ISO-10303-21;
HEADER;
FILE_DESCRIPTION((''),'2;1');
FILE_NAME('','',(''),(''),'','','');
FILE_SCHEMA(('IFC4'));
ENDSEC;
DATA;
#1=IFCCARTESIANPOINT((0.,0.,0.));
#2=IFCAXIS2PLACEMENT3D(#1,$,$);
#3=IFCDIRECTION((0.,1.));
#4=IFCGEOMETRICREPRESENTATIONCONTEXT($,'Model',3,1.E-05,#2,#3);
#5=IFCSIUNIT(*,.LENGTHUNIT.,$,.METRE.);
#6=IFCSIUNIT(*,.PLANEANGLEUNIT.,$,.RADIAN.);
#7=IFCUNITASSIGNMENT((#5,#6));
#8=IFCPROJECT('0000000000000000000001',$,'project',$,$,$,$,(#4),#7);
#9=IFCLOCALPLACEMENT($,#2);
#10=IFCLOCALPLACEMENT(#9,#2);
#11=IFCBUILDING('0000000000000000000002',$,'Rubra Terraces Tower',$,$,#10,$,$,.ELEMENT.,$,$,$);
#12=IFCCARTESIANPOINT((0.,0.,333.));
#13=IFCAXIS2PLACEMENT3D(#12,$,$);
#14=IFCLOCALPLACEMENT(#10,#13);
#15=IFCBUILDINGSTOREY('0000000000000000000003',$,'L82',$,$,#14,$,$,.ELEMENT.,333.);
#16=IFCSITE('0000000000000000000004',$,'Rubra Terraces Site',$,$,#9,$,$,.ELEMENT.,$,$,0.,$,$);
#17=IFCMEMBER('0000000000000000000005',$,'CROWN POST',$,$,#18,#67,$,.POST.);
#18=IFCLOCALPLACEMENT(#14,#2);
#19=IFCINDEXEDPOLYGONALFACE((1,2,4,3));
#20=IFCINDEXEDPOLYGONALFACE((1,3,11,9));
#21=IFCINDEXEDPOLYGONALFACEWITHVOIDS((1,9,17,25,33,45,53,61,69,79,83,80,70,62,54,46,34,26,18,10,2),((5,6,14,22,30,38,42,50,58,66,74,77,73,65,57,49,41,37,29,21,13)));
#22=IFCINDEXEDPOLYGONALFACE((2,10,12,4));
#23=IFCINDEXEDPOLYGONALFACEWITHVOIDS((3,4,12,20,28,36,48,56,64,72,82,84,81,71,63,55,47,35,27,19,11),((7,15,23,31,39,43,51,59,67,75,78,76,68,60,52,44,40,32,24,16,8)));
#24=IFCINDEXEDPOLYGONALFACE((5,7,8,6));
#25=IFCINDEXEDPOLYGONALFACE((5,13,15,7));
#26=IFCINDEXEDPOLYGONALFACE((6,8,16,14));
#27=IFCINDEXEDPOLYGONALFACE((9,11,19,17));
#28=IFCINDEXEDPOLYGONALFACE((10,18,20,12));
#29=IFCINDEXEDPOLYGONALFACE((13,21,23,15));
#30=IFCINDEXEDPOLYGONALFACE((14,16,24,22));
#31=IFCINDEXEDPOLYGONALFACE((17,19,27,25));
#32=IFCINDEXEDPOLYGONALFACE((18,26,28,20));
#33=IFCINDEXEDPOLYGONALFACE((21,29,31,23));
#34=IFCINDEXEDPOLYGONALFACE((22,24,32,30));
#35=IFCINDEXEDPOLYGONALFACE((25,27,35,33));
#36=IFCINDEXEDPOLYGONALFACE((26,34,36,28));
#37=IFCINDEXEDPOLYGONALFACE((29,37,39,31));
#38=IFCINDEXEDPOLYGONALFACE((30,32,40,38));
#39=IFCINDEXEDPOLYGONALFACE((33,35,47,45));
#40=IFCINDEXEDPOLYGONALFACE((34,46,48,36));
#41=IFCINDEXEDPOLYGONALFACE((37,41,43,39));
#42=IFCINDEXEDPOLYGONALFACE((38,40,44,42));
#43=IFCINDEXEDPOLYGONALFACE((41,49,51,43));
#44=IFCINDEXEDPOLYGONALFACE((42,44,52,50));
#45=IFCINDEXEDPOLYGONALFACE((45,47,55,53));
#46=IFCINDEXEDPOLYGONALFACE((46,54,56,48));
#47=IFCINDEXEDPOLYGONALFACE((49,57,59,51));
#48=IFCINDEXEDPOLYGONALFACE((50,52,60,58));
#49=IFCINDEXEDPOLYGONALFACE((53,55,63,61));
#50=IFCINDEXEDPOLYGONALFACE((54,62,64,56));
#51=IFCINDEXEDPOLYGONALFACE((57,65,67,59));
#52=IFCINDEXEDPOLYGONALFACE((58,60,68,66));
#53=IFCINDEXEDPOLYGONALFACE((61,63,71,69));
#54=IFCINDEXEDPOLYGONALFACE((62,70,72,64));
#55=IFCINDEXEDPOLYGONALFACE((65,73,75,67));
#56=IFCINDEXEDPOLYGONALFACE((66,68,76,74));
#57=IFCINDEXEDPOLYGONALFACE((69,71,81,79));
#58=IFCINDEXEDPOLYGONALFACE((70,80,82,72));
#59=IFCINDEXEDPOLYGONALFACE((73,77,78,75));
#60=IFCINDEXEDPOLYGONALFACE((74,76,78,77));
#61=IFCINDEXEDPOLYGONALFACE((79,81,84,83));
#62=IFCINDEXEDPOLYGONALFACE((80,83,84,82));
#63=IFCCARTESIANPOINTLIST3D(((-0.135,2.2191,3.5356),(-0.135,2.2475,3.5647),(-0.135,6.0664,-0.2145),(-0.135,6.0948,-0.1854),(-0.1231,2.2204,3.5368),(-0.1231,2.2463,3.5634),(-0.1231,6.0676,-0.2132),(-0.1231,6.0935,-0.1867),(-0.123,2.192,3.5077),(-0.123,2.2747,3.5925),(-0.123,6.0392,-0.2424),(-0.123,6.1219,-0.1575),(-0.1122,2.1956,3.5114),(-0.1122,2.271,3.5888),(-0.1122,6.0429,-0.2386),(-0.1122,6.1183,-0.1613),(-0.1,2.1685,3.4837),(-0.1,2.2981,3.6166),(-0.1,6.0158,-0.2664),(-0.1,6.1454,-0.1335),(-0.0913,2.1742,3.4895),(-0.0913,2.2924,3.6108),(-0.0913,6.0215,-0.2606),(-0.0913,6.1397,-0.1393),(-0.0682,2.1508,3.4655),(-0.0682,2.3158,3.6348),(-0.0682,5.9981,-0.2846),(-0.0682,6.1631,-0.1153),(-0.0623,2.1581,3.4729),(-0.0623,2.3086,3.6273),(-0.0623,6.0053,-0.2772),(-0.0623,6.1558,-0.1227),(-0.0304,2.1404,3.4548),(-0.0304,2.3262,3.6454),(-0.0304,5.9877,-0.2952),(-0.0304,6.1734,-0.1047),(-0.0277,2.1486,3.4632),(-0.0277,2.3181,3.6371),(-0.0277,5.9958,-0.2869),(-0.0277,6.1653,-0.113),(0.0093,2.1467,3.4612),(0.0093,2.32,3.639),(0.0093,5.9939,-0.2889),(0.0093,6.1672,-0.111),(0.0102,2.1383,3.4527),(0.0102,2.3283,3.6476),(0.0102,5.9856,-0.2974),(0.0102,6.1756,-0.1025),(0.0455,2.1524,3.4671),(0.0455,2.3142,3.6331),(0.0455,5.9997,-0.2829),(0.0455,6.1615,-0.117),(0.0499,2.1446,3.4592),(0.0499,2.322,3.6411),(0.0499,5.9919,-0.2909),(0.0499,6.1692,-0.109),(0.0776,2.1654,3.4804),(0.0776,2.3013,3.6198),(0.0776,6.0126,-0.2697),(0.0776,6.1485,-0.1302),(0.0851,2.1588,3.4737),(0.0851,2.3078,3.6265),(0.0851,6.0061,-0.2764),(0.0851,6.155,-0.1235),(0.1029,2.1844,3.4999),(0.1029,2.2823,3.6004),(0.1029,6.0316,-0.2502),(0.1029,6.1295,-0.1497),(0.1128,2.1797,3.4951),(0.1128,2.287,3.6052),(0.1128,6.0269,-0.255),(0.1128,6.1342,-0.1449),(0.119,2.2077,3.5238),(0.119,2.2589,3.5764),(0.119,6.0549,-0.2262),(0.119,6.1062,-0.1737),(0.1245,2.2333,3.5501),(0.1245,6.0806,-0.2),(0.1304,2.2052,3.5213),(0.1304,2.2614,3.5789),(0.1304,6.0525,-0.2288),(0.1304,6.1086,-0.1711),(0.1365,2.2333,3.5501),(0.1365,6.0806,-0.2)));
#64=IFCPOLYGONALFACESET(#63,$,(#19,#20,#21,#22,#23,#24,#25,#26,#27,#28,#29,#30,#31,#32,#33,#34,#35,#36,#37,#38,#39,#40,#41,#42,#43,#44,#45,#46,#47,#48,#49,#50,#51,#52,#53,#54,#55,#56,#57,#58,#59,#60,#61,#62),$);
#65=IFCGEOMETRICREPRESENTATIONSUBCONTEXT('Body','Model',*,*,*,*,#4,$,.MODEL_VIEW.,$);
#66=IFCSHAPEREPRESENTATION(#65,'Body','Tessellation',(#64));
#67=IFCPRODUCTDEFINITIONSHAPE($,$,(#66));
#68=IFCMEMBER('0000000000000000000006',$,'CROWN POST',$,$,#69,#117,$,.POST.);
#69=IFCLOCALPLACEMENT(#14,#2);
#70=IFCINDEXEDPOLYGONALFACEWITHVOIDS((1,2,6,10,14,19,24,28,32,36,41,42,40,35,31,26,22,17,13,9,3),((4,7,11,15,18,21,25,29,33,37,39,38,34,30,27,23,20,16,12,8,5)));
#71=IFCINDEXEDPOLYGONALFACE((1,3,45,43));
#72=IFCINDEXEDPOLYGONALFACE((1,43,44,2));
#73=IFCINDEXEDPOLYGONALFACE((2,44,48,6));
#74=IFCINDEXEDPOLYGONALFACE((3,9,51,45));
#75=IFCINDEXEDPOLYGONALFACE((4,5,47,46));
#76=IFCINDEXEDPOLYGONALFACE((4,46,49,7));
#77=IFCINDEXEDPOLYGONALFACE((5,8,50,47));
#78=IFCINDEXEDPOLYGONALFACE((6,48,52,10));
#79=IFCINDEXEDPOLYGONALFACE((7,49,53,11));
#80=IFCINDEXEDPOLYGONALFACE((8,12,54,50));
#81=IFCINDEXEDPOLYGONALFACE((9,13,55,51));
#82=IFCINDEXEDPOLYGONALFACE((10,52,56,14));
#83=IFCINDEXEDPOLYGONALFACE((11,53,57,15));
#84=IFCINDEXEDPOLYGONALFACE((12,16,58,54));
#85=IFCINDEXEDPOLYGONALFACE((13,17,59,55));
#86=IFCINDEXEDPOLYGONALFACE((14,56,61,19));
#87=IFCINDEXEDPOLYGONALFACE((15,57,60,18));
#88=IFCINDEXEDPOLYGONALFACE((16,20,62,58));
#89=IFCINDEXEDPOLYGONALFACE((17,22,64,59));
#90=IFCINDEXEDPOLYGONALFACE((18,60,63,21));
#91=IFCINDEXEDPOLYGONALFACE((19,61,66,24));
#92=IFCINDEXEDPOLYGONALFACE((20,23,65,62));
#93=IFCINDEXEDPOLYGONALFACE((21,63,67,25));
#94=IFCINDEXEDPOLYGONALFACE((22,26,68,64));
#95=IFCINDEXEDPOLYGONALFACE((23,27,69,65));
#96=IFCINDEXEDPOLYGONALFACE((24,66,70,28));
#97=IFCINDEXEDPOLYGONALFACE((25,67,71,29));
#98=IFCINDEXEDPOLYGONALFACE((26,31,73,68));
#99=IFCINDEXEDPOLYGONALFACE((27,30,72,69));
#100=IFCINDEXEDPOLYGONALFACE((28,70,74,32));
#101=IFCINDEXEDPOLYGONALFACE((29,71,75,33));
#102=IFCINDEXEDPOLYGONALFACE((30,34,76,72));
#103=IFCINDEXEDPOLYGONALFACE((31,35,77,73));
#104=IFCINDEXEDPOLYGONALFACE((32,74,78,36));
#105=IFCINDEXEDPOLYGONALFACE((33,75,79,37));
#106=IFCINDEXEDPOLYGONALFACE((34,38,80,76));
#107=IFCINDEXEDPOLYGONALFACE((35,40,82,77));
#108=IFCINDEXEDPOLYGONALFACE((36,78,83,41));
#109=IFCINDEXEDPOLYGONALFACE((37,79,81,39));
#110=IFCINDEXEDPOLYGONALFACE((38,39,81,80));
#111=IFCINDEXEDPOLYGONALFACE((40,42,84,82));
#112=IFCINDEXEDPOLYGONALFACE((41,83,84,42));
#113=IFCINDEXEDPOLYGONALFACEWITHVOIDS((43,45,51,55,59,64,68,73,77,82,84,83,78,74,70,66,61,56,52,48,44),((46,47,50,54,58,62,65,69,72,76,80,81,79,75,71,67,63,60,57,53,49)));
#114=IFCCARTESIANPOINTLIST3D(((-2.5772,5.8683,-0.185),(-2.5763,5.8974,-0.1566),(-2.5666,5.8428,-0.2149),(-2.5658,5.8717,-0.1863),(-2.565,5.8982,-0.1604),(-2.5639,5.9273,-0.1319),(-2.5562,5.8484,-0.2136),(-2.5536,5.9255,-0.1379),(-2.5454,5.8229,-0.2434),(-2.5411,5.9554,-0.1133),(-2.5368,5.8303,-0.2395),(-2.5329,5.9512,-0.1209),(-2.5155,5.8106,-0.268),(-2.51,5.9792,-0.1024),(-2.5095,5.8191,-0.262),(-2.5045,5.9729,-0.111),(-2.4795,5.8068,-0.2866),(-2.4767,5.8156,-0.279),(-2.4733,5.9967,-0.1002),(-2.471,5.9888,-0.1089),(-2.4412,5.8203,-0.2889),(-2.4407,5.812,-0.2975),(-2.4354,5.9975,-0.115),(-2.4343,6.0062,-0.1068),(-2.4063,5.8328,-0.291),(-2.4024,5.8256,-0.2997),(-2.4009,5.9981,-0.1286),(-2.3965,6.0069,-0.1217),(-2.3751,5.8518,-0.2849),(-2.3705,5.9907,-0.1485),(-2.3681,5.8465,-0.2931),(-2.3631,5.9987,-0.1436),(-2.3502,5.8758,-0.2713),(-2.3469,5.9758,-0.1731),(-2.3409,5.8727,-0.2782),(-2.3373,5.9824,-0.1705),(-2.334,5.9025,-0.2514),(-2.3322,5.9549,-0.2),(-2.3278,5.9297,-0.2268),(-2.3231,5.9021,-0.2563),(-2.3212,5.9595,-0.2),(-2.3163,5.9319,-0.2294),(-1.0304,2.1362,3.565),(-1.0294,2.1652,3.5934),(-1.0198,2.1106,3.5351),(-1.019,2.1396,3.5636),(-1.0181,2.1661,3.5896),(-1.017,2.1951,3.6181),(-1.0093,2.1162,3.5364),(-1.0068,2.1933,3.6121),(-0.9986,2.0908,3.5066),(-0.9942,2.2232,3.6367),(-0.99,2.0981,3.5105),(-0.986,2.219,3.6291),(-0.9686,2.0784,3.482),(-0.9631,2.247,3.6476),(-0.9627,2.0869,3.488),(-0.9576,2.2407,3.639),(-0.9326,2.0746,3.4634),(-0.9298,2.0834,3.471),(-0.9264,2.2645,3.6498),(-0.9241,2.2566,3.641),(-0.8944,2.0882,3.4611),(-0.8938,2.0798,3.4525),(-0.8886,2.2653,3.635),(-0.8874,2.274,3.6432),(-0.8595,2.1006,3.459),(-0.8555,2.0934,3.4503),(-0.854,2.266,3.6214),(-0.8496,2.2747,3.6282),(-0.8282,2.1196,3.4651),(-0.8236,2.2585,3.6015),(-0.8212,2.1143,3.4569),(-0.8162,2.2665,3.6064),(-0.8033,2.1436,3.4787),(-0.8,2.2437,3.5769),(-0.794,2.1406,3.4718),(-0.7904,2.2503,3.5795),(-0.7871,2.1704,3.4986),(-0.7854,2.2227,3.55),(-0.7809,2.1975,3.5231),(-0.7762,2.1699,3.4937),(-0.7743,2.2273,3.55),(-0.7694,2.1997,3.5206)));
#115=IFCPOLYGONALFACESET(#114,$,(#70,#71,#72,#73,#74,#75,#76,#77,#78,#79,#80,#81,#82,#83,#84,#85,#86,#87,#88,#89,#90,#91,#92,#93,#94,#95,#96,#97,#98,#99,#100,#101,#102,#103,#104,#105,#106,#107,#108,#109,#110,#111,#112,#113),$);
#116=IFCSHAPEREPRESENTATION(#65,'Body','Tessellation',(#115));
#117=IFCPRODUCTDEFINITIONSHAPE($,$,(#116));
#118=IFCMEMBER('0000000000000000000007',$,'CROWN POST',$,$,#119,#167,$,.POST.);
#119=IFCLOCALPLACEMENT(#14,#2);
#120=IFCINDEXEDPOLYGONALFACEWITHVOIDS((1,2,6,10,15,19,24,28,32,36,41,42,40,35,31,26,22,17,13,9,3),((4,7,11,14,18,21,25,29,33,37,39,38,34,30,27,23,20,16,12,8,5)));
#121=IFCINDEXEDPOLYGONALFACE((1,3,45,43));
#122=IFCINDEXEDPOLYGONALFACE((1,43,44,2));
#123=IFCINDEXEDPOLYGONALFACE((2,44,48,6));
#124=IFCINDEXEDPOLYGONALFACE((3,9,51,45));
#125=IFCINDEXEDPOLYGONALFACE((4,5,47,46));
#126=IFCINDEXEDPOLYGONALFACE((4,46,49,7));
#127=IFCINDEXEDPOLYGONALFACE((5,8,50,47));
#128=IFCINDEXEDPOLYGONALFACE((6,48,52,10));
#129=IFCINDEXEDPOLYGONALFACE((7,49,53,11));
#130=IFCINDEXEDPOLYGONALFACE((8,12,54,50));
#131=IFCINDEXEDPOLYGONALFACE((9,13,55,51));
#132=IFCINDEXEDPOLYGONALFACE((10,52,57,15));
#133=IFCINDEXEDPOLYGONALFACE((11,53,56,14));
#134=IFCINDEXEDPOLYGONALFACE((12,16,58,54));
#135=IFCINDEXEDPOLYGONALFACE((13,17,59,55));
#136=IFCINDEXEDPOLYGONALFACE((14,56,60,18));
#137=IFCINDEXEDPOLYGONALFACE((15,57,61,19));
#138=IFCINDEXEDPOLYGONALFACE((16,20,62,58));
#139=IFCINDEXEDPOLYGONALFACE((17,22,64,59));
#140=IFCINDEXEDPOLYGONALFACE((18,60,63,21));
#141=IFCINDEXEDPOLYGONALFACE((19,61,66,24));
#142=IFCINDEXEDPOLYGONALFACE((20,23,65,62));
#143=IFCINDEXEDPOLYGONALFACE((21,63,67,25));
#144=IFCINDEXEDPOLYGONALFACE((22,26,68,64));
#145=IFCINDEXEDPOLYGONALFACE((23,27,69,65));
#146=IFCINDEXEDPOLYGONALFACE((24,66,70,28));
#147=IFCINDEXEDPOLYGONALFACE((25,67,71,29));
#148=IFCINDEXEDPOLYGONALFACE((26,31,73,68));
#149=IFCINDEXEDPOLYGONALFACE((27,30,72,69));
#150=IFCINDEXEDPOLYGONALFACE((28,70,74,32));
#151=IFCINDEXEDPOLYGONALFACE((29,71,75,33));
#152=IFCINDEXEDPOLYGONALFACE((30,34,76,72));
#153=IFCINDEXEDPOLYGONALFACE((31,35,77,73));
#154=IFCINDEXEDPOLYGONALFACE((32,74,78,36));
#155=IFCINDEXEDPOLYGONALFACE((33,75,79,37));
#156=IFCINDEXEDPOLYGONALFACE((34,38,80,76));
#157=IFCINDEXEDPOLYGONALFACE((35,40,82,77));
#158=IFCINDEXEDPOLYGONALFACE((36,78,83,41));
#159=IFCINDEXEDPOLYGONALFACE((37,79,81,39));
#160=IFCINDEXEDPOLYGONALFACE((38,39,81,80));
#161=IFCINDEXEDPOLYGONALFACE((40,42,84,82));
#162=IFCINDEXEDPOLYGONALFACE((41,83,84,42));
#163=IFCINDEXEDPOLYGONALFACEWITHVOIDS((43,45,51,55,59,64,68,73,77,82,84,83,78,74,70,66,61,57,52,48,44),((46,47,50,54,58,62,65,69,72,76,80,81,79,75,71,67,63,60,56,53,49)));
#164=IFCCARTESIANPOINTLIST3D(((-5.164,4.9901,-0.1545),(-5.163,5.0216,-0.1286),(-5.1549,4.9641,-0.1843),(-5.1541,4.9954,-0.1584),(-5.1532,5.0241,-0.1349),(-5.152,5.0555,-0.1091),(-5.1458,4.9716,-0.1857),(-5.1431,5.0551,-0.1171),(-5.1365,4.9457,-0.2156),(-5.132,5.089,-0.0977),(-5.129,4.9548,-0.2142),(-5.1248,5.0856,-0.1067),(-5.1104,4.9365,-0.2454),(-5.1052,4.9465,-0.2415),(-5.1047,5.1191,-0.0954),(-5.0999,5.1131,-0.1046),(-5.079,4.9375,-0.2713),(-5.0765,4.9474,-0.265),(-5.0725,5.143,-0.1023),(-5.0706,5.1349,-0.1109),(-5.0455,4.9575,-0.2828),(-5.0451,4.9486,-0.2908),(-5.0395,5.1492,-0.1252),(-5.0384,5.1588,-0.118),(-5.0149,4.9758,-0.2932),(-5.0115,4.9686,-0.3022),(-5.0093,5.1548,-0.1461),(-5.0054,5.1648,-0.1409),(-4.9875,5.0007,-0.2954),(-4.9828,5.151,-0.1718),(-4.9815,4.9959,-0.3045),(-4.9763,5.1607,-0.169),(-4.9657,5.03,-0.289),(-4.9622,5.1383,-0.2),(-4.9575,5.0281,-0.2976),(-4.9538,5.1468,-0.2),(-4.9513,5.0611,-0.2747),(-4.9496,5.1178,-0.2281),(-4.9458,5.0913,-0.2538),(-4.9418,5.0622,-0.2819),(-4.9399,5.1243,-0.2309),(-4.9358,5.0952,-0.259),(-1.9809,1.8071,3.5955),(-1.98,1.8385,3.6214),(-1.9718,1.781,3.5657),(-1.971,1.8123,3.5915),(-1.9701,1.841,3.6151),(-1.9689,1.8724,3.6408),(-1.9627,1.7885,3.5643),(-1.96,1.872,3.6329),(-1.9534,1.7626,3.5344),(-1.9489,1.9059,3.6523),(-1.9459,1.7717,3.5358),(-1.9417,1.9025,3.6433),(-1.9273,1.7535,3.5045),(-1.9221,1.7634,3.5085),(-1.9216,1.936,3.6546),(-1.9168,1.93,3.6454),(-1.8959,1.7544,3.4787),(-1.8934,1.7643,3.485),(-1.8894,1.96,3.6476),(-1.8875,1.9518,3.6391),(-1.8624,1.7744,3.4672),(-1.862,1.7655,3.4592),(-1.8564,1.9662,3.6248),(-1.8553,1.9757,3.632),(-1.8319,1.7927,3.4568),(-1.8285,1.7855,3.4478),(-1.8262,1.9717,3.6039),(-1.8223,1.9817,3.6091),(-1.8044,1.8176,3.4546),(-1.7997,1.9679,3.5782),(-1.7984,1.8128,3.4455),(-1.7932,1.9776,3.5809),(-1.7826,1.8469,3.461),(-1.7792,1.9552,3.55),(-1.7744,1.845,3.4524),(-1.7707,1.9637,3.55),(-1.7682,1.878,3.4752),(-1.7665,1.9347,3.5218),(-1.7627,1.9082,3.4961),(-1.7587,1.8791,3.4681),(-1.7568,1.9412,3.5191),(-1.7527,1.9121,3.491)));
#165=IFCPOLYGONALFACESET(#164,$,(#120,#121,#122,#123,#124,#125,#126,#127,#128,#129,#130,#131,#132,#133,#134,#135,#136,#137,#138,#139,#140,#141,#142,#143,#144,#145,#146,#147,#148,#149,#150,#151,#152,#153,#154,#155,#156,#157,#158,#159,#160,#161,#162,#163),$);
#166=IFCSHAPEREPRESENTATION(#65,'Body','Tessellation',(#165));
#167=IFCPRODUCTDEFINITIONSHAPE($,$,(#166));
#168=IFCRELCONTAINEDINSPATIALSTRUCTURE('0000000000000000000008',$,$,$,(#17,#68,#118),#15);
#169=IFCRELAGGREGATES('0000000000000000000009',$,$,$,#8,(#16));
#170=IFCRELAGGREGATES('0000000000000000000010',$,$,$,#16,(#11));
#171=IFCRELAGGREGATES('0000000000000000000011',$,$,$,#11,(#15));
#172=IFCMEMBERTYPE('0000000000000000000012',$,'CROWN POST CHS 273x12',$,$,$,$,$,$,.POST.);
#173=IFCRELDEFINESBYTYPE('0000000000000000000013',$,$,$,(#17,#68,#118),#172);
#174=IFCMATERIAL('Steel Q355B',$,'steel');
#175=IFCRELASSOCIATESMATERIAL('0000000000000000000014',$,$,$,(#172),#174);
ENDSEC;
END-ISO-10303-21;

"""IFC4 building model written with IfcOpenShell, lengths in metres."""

from ifc_helpers import new_model, si_unit, direction, frame, origin, origin_2d, place, context, subcontext, project, spatial, hollow_circle, extrude, material, material_profile, profile_set, type_object, element, save


model = new_model("IFC4")

# Units and contexts
model_context = context("Model", 3, precision=1e-05, world=origin(), true_north=direction((0.0, 1.0)))
body_context = subcontext(model_context, "Body", "Model", "MODEL_VIEW")
ifc_project = project(units=[si_unit("LENGTHUNIT", "METRE"), si_unit("PLANEANGLEUNIT", "RADIAN")], contexts=[model_context])

# Site, building, storey
site_placement = place(None, origin())
site = spatial("IfcSite", under=ifc_project, at=site_placement, Name="Rubra Terraces Site", CompositionType="ELEMENT", RefElevation=0.0)
building_placement = place(site_placement, origin())
building = spatial("IfcBuilding", under=site, at=building_placement, Name="Rubra Terraces Tower", CompositionType="ELEMENT")
storey_placement = place(building_placement, frame((0.0, 0.0, 333.0)))
storey = spatial("IfcBuildingStorey", under=building, at=storey_placement, Name="L82", CompositionType="ELEMENT", Elevation=333.0)

# Members
ifc_material_1 = material(Name="Steel Q355B", Category="steel")
ifc_material_profile_1 = material_profile(ifc_material_1, hollow_circle(Radius=0.1365, WallThickness=0.012, at=origin_2d()), Name="CHS 273x12")
ifc_profile_set_1 = profile_set([ifc_material_profile_1], Name="Steel Q355B")
member_type_1 = type_object("IfcMemberType", Name="CROWN POST CHS 273x12", PredefinedType="POST", material=ifc_profile_set_1)
member_1_placement = place(storey_placement, frame((0.0, 6.0806, -0.2), z_axis=(0.0, -0.716092, 0.698006), x_axis=(1.0, 0.0, 0.0)))
element("IfcMember", 1, at=member_1_placement, inside=storey, type_object=member_type_1, Name="CROWN POST", PredefinedType="POST", context=body_context, shape_type="SweptSolid", body=[
    extrude(hollow_circle(Radius=0.1365, WallThickness=0.012, at=origin_2d()), origin(), (0.0, 0.0, 1.0), 5.3726),
])
member_2_placement = place(storey_placement, frame((-2.4473, 5.9072, -0.2), z_axis=(0.280627, -0.677075, 0.680308), x_axis=(0.923796, 0.382885, 0.0)))
element("IfcMember", 2, at=member_2_placement, inside=storey, type_object=member_type_1, Name="CROWN POST", PredefinedType="POST", context=body_context, shape_type="SweptSolid", body=[
    extrude(hollow_circle(Radius=0.1365, WallThickness=0.012, at=origin_2d()), origin(), (0.0, 0.0, 1.0), 5.5122),
])
member_3_placement = place(storey_placement, frame((-5.0503, 5.0503, -0.2), z_axis=(0.543293, -0.543293, 0.640051), x_axis=(0.707107, 0.707107, 0.0)))
element("IfcMember", 3, at=member_3_placement, inside=storey, type_object=member_type_1, Name="CROWN POST", PredefinedType="POST", context=body_context, shape_type="SweptSolid", body=[
    extrude(hollow_circle(Radius=0.1365, WallThickness=0.012, at=origin_2d()), origin(), (0.0, 0.0, 1.0), 5.8589),
])

save(model, "model.ifc")
